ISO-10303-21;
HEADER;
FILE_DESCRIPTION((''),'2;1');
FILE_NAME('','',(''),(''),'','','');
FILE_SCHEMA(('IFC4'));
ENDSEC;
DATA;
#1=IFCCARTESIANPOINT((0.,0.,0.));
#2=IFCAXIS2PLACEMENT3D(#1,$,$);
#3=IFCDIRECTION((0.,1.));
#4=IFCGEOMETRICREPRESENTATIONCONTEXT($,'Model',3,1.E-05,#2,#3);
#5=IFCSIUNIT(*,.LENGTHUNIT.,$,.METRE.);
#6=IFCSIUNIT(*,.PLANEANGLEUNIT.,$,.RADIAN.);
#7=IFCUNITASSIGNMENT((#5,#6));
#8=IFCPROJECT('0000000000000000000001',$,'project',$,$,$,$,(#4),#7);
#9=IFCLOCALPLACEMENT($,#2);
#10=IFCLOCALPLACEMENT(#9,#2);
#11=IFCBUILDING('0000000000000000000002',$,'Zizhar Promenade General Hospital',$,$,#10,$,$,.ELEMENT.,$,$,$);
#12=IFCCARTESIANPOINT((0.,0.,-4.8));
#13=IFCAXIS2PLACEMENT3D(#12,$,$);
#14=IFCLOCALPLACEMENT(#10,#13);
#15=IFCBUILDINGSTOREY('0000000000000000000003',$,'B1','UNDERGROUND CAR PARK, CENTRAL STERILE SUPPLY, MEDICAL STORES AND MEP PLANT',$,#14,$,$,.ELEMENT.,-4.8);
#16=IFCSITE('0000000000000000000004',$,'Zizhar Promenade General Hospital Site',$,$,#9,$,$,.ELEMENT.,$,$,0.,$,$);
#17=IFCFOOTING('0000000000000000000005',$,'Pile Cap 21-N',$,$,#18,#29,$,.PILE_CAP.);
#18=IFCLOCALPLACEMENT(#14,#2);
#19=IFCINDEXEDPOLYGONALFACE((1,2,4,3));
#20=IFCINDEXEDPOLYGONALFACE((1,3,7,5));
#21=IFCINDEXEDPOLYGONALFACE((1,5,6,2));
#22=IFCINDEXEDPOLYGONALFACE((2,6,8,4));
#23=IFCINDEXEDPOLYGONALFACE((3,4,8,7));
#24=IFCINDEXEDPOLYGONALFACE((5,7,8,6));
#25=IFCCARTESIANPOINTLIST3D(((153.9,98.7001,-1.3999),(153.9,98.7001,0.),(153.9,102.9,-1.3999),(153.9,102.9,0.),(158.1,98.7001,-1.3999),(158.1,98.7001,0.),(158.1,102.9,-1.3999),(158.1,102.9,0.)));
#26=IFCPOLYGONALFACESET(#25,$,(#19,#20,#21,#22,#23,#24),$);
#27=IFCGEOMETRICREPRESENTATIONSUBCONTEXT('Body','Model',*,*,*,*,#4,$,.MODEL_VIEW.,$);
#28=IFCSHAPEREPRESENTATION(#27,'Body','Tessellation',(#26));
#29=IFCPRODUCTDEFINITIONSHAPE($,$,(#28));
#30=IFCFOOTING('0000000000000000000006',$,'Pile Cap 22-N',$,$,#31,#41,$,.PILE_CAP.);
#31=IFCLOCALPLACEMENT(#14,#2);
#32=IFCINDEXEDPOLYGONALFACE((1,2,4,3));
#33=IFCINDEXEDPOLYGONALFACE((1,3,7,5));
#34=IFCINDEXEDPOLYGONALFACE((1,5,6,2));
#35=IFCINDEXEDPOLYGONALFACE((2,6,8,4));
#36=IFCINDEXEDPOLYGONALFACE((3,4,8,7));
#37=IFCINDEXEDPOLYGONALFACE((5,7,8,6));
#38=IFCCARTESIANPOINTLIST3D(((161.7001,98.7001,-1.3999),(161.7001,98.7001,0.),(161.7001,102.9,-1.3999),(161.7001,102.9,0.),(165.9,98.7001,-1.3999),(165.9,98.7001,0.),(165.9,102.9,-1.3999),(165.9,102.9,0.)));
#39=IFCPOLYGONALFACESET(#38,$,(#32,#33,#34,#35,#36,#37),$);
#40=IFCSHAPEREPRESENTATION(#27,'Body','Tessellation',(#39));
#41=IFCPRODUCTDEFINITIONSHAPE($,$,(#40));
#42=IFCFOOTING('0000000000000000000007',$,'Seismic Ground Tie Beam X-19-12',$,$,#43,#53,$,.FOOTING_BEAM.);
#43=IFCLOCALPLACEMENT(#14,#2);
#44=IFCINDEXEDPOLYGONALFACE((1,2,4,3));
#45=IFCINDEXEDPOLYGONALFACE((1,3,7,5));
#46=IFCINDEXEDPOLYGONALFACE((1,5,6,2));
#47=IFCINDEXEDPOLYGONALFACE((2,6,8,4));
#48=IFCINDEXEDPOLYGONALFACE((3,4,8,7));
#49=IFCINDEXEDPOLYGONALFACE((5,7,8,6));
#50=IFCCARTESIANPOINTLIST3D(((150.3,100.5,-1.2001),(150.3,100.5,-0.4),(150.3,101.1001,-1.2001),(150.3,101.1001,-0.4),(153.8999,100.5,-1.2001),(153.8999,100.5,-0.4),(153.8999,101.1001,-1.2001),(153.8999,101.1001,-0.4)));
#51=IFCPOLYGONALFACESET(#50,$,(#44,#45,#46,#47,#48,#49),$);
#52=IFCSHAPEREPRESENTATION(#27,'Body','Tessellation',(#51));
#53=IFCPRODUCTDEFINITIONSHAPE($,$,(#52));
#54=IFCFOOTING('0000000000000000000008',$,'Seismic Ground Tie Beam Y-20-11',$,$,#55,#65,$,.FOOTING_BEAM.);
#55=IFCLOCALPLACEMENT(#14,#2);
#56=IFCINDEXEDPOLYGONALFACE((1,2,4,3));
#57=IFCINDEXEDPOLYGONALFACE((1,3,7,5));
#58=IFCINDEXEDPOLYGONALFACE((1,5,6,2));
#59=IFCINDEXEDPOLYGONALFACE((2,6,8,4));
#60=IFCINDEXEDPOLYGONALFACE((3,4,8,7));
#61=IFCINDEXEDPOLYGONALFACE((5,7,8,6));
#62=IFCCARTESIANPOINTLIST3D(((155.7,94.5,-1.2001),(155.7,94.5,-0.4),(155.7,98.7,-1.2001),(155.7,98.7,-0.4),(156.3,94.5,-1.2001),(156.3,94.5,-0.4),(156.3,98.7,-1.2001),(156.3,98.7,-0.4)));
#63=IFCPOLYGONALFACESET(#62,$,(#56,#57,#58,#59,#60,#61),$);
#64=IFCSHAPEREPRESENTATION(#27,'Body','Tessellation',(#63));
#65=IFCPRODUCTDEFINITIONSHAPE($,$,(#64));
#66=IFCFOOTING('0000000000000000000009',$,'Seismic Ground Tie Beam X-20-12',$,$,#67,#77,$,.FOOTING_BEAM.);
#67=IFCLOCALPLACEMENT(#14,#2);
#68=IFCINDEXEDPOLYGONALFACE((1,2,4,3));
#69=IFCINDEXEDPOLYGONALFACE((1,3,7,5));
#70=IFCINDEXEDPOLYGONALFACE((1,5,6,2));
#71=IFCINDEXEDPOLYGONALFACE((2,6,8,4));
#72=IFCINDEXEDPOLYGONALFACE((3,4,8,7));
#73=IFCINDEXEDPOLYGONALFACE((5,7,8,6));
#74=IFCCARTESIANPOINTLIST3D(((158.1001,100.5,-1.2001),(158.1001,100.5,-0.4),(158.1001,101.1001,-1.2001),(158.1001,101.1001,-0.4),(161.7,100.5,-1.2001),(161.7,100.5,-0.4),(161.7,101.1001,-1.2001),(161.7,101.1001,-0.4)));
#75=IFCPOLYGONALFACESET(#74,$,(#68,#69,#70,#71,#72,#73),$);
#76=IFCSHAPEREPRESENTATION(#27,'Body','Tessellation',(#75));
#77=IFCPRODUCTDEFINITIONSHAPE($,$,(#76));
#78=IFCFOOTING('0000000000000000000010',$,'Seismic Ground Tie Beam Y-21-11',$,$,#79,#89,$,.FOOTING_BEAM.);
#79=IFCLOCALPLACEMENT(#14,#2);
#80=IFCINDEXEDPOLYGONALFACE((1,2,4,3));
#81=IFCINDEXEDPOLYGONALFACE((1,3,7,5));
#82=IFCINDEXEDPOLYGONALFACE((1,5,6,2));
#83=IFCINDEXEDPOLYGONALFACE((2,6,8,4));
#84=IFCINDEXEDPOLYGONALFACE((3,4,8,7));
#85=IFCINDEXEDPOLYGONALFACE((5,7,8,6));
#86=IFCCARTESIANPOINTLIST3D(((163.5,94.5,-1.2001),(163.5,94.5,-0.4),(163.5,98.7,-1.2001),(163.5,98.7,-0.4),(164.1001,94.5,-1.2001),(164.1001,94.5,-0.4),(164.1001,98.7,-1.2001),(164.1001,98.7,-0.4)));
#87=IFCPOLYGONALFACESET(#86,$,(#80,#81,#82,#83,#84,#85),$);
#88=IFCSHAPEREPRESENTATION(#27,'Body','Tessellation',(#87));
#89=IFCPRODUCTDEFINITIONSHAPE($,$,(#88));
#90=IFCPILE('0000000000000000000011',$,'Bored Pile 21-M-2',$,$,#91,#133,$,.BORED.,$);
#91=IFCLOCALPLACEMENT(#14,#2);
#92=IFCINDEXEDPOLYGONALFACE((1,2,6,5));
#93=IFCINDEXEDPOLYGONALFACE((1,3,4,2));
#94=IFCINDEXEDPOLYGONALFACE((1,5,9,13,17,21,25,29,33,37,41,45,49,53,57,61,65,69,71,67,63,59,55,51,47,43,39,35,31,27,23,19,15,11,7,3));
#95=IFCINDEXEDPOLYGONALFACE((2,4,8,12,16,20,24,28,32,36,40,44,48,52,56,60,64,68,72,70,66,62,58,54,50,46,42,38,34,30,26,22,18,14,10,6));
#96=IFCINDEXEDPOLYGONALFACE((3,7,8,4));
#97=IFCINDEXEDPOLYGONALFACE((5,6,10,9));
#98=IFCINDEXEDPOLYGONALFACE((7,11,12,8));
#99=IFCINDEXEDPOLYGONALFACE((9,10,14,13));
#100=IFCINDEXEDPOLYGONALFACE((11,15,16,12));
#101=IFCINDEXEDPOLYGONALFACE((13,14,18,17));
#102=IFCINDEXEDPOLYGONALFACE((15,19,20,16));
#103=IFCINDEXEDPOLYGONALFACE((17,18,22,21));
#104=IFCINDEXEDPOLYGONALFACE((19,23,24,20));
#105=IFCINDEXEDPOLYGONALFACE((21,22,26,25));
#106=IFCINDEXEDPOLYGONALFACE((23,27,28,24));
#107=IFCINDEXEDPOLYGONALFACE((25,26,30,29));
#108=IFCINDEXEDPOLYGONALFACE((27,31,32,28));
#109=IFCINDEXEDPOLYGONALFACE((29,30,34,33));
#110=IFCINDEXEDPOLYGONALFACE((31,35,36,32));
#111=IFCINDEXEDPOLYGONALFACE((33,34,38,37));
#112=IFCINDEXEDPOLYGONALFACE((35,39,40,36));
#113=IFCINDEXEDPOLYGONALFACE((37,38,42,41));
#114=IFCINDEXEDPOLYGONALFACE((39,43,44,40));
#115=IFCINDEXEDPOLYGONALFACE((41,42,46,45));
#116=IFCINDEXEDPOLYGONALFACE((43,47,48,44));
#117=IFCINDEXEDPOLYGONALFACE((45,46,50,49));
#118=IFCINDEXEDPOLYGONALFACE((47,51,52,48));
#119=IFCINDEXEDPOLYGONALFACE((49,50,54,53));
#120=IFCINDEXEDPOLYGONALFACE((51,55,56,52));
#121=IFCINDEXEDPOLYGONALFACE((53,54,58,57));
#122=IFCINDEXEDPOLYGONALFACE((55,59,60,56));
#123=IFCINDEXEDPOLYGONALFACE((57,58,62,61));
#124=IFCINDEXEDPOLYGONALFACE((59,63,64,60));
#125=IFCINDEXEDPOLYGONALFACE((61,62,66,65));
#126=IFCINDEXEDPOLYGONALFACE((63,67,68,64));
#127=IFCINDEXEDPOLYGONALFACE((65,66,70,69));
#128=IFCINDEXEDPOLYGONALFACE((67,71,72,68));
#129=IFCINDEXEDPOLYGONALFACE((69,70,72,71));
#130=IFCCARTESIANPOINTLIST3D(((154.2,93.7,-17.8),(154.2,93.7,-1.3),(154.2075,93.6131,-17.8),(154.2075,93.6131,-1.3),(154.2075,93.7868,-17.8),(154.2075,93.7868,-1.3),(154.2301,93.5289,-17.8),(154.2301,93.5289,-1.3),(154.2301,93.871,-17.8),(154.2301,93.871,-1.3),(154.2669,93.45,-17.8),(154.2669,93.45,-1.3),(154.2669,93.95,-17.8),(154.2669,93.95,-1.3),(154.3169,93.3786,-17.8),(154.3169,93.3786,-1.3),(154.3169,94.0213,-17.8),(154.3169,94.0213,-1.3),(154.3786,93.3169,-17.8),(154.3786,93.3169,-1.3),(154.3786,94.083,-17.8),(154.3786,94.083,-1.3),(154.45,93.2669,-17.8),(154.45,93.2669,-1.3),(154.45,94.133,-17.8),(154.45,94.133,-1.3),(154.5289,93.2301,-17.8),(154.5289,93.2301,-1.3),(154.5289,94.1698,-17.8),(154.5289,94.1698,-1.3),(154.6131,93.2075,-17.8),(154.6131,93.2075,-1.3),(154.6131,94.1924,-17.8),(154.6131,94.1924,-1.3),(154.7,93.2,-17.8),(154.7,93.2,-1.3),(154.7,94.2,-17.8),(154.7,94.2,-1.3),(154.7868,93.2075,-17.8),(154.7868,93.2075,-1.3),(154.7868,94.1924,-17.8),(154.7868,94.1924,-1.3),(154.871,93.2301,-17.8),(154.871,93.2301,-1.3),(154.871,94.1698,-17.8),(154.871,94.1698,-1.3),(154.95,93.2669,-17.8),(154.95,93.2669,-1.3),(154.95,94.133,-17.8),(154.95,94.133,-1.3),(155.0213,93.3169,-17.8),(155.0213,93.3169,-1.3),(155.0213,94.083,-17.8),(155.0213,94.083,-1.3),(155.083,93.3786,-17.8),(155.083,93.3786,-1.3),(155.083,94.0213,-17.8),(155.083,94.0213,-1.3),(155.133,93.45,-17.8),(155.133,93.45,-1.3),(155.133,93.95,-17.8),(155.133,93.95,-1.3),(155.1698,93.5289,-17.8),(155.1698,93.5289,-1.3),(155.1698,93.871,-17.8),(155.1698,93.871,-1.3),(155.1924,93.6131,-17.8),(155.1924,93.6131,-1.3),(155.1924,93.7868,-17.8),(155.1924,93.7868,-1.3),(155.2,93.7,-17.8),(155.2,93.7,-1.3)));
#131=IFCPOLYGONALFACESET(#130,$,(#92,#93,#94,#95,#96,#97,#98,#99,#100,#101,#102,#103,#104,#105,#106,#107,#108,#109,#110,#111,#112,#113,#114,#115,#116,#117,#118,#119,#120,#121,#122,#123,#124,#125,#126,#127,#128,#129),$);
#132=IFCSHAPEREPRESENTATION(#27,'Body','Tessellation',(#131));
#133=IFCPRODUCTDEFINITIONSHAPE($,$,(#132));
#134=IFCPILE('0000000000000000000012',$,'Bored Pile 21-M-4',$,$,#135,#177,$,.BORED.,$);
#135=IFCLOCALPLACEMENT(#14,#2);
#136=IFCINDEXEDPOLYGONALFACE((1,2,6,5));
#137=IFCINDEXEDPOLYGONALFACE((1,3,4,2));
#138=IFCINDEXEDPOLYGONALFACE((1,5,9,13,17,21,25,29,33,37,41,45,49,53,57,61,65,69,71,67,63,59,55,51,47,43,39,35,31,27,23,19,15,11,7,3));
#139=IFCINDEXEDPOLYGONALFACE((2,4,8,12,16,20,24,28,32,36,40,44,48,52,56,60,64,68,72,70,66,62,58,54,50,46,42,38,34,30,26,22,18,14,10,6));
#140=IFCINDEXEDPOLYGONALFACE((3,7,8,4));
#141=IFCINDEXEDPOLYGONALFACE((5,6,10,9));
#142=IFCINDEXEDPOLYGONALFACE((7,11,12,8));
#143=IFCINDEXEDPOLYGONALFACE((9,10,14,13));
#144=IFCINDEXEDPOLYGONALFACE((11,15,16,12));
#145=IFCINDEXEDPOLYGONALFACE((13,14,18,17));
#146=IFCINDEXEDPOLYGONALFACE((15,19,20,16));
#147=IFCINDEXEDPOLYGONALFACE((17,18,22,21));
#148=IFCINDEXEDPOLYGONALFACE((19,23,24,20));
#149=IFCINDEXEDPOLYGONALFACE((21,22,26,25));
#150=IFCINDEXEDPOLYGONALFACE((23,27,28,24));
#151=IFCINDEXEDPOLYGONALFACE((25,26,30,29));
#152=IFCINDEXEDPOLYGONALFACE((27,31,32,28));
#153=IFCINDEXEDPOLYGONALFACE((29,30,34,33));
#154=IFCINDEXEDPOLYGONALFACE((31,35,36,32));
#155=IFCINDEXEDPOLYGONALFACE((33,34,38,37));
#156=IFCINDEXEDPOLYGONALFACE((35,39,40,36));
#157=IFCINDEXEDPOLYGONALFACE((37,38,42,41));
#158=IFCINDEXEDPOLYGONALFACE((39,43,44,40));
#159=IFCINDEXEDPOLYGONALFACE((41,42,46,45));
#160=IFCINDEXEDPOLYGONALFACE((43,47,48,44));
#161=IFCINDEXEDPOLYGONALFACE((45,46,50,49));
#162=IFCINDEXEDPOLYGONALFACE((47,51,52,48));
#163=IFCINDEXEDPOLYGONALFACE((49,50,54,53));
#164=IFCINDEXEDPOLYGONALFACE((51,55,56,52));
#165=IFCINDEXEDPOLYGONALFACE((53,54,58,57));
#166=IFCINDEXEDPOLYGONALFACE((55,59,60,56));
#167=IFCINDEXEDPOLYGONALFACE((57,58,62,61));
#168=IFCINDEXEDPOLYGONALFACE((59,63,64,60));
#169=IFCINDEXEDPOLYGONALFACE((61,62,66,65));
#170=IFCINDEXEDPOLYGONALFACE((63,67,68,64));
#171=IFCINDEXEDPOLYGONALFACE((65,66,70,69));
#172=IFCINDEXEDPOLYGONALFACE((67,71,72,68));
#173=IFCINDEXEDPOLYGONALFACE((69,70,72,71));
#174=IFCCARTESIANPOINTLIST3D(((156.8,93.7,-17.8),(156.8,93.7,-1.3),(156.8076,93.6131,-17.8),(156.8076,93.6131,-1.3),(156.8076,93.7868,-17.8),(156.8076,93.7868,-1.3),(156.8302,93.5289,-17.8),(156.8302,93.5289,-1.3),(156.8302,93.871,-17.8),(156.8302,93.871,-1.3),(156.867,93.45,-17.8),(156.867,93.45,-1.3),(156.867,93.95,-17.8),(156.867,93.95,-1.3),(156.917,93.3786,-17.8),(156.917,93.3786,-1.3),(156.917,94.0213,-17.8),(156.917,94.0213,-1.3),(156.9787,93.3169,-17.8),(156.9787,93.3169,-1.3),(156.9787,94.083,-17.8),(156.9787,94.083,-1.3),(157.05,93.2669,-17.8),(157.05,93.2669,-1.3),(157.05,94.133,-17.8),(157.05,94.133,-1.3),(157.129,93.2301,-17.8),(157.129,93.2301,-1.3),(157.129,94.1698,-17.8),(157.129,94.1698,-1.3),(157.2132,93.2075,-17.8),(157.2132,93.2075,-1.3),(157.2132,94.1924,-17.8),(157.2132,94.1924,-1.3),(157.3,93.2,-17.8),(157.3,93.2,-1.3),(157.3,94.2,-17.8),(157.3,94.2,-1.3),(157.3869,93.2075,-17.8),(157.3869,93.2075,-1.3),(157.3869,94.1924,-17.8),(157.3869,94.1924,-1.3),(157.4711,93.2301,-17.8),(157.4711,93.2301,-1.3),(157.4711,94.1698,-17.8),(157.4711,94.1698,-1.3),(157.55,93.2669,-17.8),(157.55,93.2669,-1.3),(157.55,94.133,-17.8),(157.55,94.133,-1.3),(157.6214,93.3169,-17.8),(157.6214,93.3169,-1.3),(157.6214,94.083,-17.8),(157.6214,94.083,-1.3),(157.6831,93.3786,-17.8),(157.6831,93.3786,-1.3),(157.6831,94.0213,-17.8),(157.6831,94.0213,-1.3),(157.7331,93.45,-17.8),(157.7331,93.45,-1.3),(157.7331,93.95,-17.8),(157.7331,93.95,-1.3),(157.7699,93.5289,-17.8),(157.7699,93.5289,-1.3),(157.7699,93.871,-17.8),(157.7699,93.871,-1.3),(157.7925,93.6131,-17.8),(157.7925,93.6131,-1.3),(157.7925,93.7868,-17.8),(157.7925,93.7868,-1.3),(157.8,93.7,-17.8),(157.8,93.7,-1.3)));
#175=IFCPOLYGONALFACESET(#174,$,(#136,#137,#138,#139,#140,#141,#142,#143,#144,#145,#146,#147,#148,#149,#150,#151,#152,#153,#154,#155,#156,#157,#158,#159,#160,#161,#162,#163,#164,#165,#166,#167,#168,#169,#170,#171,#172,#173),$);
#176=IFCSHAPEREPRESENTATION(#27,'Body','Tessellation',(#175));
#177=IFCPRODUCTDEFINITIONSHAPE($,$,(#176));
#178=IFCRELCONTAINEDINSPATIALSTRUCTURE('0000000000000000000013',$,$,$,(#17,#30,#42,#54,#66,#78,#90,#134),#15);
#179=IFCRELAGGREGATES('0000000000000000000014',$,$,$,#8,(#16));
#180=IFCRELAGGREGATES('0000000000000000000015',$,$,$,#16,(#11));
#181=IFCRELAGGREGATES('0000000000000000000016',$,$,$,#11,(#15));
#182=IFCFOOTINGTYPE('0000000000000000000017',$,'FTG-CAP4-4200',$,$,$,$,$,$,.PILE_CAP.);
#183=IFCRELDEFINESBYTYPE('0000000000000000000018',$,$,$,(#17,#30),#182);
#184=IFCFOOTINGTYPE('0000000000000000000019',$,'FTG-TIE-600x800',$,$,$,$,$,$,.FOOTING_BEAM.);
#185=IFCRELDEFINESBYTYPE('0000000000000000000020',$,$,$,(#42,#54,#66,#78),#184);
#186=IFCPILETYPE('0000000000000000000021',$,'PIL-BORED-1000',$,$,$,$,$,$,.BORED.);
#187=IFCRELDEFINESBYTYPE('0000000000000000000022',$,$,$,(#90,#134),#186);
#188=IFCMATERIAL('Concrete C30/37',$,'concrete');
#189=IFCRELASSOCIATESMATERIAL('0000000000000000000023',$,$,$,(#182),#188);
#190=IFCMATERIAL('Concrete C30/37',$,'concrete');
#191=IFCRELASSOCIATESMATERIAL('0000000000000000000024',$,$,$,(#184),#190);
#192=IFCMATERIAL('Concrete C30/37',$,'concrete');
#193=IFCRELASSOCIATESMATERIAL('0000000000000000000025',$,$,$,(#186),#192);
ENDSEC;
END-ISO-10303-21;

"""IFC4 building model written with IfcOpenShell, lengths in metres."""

from ifc_helpers import new_model, si_unit, direction, frame, origin, origin_2d, place, context, subcontext, project, spatial, rectangle, circle, extrude, material, material_profile, profile_set, type_object, element, save


model = new_model("IFC4")

# Units and contexts
model_context = context("Model", 3, precision=1e-05, world=origin(), true_north=direction((0.0, 1.0)))
body_context = subcontext(model_context, "Body", "Model", "MODEL_VIEW")
ifc_project = project(units=[si_unit("LENGTHUNIT", "METRE"), si_unit("PLANEANGLEUNIT", "RADIAN")], contexts=[model_context])

# Site, building, storey
site_placement = place(None, origin())
site = spatial("IfcSite", under=ifc_project, at=site_placement, Name="Zizhar Promenade General Hospital Site", CompositionType="ELEMENT", RefElevation=0.0)
building_placement = place(site_placement, origin())
building = spatial("IfcBuilding", under=site, at=building_placement, Name="Zizhar Promenade General Hospital", CompositionType="ELEMENT")
storey_placement = place(building_placement, frame((0.0, 0.0, -4.8)))
storey = spatial("IfcBuildingStorey", under=building, at=storey_placement, Name="B1", Description="UNDERGROUND CAR PARK, CENTRAL STERILE SUPPLY, MEDICAL STORES AND MEP PLANT", CompositionType="ELEMENT", Elevation=-4.8)

# Footings
ifc_material_1 = material(Name="Concrete C30/37", Category="concrete")
footing_type_1 = type_object("IfcFootingType", Name="FTG-CAP4-4200", PredefinedType="PILE_CAP", material=ifc_material_1)
for number, where, z_axis, x_axis, name in (
    (1, (156.0, 100.8, -1.3999), (0.0, 0.0, 1.0), (1.0, 0.0, 0.0), "Pile Cap 21-N"),
    (2, (163.8, 100.8, -1.3999), (0.0, 0.0, 1.0), (1.0, 0.0, 0.0), "Pile Cap 22-N"),
):
    element("IfcFooting", number, at=place(storey_placement, frame(where, z_axis=z_axis, x_axis=x_axis)), inside=storey, type_object=footing_type_1, Name=name, PredefinedType="PILE_CAP", context=body_context, shape_type="SweptSolid", body=[
        extrude(rectangle(XDim=4.2, YDim=4.2, at=origin_2d()), origin(), (0.0, 0.0, 1.0), 1.3999),
    ])
ifc_material_2 = material(Name="Concrete C30/37", Category="concrete")
ifc_material_profile_1 = material_profile(ifc_material_2, rectangle(XDim=0.6001, YDim=0.8, at=origin_2d()))
ifc_profile_set_1 = profile_set([ifc_material_profile_1], Name="Concrete C30/37")
footing_type_2 = type_object("IfcFootingType", Name="FTG-TIE-600x800", PredefinedType="FOOTING_BEAM", material=ifc_profile_set_1)
footing_1_placement = place(storey_placement, frame((150.3, 100.8, -0.8), z_axis=(1.0, 0.0, 0.0), x_axis=(0.0, 1.0, 0.0)))
element("IfcFooting", 3, at=footing_1_placement, inside=storey, type_object=footing_type_2, Name="Seismic Ground Tie Beam X-19-12", PredefinedType="FOOTING_BEAM", context=body_context, shape_type="SweptSolid", body=[
    extrude(rectangle(XDim=0.6001, YDim=0.8, at=origin_2d()), origin(), (0.0, 0.0, 1.0), 3.5999),
])
footing_2_placement = place(storey_placement, frame((156.0, 94.5, -0.8), z_axis=(0.0, 1.0, 0.0), x_axis=(-1.0, 0.0, 0.0)))
element("IfcFooting", 4, at=footing_2_placement, inside=storey, type_object=footing_type_2, Name="Seismic Ground Tie Beam Y-20-11", PredefinedType="FOOTING_BEAM", context=body_context, shape_type="SweptSolid", body=[
    extrude(rectangle(XDim=0.6001, YDim=0.8, at=origin_2d()), origin(), (0.0, 0.0, 1.0), 4.2),
])
footing_3_placement = place(storey_placement, frame((158.1001, 100.8, -0.8), z_axis=(1.0, 0.0, 0.0), x_axis=(0.0, 1.0, 0.0)))
element("IfcFooting", 5, at=footing_3_placement, inside=storey, type_object=footing_type_2, Name="Seismic Ground Tie Beam X-20-12", PredefinedType="FOOTING_BEAM", context=body_context, shape_type="SweptSolid", body=[
    extrude(rectangle(XDim=0.6001, YDim=0.8, at=origin_2d()), origin(), (0.0, 0.0, 1.0), 3.5999),
])
footing_4_placement = place(storey_placement, frame((163.8, 94.5, -0.8), z_axis=(0.0, 1.0, 0.0), x_axis=(-1.0, 0.0, 0.0)))
element("IfcFooting", 6, at=footing_4_placement, inside=storey, type_object=footing_type_2, Name="Seismic Ground Tie Beam Y-21-11", PredefinedType="FOOTING_BEAM", context=body_context, shape_type="SweptSolid", body=[
    extrude(rectangle(XDim=0.6001, YDim=0.8, at=origin_2d()), origin(), (0.0, 0.0, 1.0), 4.2),
])

# Piles
ifc_material_3 = material(Name="Concrete C30/37", Category="concrete")
ifc_material_profile_2 = material_profile(ifc_material_3, circle(Radius=0.5, at=origin_2d()))
ifc_profile_set_2 = profile_set([ifc_material_profile_2], Name="Concrete C30/37")
pile_type = type_object("IfcPileType", Name="PIL-BORED-1000", PredefinedType="BORED", material=ifc_profile_set_2)
for number, where, z_axis, x_axis, name in (
    (7, (154.7, 93.7, -1.3), (0.0, 0.0, -1.0), (1.0, 0.0, 0.0), "Bored Pile 21-M-2"),
    (8, (157.3, 93.7, -1.3), (0.0, 0.0, -1.0), (1.0, 0.0, 0.0), "Bored Pile 21-M-4"),
):
    element("IfcPile", number, at=place(storey_placement, frame(where, z_axis=z_axis, x_axis=x_axis)), inside=storey, type_object=pile_type, Name=name, PredefinedType="BORED", context=body_context, shape_type="SweptSolid", body=[
        extrude(circle(Radius=0.5, at=origin_2d()), origin(), (0.0, 0.0, 1.0), 16.5),
    ])

save(model, "model.ifc")
